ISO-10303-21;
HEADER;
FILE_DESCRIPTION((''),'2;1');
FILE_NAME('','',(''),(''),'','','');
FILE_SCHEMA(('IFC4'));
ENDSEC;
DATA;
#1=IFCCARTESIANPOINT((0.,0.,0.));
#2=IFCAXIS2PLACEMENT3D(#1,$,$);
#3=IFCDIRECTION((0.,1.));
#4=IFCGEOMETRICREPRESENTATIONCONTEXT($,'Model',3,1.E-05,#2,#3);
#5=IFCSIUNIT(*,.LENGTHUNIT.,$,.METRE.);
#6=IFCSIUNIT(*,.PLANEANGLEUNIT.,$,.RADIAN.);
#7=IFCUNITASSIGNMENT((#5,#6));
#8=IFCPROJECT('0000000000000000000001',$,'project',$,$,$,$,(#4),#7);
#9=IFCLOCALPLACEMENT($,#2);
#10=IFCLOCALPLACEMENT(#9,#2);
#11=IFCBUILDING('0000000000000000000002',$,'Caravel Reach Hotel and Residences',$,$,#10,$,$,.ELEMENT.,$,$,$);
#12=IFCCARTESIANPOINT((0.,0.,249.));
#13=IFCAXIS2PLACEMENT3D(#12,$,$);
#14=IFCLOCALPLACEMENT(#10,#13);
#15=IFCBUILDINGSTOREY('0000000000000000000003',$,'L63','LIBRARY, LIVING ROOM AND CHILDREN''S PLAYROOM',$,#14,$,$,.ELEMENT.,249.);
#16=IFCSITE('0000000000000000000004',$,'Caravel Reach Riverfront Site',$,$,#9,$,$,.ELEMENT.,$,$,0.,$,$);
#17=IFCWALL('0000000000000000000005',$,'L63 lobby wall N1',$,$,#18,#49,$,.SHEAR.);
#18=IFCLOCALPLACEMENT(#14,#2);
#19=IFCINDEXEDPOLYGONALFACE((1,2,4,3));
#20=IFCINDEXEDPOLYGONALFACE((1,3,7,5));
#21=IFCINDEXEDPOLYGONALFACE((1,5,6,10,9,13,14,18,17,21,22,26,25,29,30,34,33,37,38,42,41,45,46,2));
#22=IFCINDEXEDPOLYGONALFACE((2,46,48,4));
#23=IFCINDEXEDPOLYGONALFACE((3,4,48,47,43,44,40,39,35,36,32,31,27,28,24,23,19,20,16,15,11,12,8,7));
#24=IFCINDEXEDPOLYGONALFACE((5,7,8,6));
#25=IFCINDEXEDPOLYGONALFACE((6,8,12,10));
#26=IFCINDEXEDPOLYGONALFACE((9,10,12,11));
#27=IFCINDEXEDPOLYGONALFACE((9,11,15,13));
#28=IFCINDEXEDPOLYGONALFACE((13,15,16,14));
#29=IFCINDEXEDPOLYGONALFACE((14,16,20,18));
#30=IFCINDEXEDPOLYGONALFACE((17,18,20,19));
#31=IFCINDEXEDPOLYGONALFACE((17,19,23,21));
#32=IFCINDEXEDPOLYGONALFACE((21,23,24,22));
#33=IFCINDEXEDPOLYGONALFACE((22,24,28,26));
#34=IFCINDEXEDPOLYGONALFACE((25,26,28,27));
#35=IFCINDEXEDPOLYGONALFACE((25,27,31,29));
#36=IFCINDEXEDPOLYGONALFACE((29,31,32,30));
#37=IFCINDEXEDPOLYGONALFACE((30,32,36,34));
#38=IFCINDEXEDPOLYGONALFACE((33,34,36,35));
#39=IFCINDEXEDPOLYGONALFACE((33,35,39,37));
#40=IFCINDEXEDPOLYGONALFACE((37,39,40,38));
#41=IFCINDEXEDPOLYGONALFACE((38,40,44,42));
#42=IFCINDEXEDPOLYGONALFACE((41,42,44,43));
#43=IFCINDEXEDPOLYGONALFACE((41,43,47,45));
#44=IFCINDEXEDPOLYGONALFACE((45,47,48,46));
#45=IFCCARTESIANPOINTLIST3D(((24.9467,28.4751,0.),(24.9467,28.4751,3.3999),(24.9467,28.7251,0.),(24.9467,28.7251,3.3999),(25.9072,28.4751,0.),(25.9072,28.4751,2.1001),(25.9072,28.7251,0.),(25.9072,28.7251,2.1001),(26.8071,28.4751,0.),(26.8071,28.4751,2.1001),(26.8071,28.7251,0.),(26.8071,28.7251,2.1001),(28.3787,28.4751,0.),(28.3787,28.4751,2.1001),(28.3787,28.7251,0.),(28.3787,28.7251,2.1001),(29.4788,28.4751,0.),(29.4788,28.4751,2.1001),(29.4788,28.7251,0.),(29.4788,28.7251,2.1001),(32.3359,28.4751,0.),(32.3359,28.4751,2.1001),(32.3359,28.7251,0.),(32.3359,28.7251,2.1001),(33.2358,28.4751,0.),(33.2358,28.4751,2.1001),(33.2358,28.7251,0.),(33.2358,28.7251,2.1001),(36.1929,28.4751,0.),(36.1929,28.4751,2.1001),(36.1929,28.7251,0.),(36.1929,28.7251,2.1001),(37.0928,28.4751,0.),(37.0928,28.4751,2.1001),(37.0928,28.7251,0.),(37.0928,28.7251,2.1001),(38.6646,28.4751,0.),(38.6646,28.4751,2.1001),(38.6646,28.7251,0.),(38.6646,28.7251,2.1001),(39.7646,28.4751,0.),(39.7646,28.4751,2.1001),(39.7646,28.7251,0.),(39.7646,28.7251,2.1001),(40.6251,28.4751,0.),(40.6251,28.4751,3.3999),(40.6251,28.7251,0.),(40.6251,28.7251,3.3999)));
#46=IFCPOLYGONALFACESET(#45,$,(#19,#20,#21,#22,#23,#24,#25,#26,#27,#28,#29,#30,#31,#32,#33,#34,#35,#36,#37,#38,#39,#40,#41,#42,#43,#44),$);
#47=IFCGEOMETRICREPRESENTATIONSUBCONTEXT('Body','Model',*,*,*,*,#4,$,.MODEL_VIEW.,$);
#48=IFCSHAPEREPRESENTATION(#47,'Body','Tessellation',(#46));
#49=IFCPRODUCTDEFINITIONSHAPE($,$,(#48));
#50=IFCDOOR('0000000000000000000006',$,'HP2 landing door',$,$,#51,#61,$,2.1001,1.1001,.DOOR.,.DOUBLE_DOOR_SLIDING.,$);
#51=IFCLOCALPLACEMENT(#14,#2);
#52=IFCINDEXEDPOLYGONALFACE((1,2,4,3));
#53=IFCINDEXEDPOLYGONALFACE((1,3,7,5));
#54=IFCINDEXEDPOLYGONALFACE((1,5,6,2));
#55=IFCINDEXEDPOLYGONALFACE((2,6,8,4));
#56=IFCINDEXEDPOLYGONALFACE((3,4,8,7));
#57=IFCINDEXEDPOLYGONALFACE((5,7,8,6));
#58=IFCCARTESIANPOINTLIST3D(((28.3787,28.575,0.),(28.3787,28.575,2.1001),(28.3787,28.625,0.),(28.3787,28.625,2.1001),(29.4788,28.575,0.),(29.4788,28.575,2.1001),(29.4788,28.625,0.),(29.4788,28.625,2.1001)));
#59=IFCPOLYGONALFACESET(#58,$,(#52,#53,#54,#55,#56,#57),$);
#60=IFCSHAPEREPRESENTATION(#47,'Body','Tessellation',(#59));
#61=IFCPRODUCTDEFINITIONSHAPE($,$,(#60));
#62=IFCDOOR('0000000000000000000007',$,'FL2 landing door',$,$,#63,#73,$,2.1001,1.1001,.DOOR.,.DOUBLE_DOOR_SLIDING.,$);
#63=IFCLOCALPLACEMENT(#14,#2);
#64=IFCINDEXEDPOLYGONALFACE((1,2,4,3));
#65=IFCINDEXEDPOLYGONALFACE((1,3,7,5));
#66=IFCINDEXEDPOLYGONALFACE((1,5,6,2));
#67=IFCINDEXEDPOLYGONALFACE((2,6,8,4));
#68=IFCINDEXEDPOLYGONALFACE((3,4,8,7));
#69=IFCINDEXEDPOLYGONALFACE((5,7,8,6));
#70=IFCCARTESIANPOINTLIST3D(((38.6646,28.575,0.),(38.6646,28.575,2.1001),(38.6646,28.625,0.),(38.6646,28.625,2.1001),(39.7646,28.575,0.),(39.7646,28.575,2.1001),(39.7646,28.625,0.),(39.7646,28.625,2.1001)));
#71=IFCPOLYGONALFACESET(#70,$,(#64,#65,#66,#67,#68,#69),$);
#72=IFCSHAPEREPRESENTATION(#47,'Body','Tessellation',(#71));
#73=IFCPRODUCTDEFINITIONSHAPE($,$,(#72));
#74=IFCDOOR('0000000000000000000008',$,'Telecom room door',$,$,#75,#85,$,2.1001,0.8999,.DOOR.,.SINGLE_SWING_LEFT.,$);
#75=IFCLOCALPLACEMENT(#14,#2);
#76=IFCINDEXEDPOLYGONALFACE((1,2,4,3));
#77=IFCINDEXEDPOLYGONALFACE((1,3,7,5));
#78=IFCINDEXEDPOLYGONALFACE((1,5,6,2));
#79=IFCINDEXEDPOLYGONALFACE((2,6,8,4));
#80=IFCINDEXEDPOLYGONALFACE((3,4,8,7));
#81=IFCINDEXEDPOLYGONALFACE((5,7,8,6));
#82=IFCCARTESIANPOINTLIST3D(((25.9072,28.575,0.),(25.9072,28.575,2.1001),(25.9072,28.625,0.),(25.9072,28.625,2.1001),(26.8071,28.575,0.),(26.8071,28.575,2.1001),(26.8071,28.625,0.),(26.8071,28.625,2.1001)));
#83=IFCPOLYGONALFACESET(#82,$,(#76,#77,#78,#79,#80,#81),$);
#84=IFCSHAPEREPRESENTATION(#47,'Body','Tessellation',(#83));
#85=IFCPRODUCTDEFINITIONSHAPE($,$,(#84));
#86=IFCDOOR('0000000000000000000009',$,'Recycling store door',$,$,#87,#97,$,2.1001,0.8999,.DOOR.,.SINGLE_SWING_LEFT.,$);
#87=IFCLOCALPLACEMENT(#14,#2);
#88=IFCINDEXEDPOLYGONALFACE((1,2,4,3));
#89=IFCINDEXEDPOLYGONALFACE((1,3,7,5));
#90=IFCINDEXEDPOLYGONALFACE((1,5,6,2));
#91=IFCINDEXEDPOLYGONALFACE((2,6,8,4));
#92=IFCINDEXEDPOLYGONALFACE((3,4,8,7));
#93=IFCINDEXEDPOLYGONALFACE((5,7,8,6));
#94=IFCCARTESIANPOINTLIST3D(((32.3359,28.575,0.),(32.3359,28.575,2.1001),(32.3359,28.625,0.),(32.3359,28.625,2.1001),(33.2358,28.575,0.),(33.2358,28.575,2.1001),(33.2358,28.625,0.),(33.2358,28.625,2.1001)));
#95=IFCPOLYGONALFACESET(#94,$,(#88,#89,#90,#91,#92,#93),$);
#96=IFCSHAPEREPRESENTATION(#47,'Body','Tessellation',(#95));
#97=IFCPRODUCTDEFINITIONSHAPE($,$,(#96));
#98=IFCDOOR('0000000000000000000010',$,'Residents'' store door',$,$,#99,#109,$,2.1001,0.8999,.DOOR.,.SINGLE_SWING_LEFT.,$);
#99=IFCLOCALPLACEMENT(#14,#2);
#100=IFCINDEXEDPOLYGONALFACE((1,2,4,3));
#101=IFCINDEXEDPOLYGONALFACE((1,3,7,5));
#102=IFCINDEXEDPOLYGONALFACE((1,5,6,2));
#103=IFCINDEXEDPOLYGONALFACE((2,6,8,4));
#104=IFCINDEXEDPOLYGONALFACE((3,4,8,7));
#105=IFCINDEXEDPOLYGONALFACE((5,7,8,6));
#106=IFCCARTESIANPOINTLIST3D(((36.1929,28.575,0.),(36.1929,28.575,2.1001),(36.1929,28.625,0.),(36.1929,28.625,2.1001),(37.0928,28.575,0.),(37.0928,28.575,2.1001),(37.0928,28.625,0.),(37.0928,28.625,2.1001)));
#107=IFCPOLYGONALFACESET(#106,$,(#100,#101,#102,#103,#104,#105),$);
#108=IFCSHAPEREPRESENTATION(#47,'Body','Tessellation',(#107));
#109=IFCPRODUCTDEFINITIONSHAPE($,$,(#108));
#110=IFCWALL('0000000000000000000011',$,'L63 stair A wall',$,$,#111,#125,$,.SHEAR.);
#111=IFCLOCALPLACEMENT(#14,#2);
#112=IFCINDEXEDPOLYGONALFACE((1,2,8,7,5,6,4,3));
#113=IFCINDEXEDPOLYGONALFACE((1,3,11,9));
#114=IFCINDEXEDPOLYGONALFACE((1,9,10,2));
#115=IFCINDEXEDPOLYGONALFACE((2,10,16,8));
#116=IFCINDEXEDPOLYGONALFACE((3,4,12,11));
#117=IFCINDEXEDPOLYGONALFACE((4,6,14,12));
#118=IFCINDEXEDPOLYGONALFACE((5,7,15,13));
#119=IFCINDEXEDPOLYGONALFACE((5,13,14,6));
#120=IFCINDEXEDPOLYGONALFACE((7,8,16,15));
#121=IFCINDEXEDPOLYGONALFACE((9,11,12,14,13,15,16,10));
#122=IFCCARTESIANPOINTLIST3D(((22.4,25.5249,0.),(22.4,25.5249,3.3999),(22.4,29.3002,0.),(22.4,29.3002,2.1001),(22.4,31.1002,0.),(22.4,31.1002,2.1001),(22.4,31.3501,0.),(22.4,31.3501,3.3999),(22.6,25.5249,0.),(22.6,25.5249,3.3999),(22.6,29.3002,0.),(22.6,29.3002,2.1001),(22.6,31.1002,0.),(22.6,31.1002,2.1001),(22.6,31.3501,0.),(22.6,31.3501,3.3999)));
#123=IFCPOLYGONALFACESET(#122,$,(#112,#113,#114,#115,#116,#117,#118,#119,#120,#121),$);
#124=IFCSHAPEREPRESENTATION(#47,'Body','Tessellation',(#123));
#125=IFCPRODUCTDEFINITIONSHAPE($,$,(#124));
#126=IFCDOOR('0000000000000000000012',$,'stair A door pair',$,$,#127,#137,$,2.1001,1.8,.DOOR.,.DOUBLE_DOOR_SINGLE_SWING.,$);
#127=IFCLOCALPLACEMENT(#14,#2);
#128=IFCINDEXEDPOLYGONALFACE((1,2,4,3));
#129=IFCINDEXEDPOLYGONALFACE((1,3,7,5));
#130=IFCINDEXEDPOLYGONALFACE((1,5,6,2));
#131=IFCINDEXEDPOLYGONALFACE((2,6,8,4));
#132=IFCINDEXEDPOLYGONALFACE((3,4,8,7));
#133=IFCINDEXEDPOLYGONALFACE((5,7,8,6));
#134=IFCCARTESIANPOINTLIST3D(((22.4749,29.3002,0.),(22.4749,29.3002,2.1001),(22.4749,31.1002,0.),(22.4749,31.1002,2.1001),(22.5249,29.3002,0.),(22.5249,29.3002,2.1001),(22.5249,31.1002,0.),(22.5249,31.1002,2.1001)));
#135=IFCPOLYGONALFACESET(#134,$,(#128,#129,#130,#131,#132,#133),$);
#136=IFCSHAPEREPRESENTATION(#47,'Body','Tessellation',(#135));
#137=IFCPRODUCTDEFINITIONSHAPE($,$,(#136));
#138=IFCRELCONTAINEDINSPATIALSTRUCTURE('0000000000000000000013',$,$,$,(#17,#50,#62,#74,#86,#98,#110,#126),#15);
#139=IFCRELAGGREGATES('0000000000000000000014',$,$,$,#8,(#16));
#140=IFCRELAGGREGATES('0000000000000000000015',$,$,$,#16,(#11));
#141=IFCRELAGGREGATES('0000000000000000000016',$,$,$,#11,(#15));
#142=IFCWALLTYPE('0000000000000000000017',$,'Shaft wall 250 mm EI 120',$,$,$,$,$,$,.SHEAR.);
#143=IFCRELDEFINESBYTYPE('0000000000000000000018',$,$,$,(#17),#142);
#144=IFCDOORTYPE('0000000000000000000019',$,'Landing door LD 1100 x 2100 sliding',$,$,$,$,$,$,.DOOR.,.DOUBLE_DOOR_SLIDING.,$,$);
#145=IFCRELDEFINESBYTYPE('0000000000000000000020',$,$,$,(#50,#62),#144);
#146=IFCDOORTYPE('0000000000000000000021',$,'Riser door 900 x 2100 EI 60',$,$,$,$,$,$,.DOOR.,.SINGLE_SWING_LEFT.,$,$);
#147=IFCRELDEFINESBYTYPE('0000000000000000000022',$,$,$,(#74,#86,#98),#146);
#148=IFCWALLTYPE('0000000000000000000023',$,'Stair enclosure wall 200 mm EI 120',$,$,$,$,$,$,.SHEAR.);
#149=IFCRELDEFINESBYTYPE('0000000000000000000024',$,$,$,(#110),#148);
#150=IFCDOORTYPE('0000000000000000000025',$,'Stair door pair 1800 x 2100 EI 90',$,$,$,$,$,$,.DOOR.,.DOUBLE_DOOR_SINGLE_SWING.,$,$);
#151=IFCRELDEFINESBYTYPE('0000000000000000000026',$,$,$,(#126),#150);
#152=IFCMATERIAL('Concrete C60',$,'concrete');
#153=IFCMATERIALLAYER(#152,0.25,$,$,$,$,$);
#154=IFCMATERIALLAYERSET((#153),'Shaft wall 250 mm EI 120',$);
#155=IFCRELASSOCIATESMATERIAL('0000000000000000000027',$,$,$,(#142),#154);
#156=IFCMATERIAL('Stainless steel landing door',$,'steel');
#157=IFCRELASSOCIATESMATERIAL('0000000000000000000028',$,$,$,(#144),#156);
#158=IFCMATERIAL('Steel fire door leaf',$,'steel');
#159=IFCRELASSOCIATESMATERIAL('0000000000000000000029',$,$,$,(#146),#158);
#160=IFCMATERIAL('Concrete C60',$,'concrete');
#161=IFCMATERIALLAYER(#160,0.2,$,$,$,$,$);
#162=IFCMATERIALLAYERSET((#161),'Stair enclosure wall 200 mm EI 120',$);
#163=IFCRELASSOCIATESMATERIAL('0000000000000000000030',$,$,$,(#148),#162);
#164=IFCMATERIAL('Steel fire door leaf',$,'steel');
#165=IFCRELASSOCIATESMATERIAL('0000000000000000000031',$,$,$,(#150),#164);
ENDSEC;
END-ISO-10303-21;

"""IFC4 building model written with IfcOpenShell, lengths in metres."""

from ifc_helpers import new_model, si_unit, direction, frame, frame_2d, origin, place, context, subcontext, project, spatial, rectangle, extrude, material, layer, layer_set, type_object, element, fill, save


model = new_model("IFC4")

# Units and contexts
model_context = context("Model", 3, precision=1e-05, world=origin(), true_north=direction((0.0, 1.0)))
body_context = subcontext(model_context, "Body", "Model", "MODEL_VIEW")
ifc_project = project(units=[si_unit("LENGTHUNIT", "METRE"), si_unit("PLANEANGLEUNIT", "RADIAN")], contexts=[model_context])

# Site, building, storey
site_placement = place(None, origin())
site = spatial("IfcSite", under=ifc_project, at=site_placement, Name="Caravel Reach Riverfront Site", CompositionType="ELEMENT", RefElevation=0.0)
building_placement = place(site_placement, origin())
building = spatial("IfcBuilding", under=site, at=building_placement, Name="Caravel Reach Hotel and Residences", CompositionType="ELEMENT")
storey_placement = place(building_placement, frame((0.0, 0.0, 249.0)))
storey = spatial("IfcBuildingStorey", under=building, at=storey_placement, Name="L63", Description="LIBRARY, LIVING ROOM AND CHILDREN'S PLAYROOM", CompositionType="ELEMENT", Elevation=249.0)

# Wall, openings, doors
ifc_material_1 = material(Name="Concrete C60", Category="concrete")
ifc_layer_1 = layer(ifc_material_1, 0.25)
ifc_layer_set_1 = layer_set([ifc_layer_1], Name="Shaft wall 250 mm EI 120")
wall_type_1 = type_object("IfcWallType", Name="Shaft wall 250 mm EI 120", PredefinedType="SHEAR", material=ifc_layer_set_1)
ifc_material_2 = material(Name="Stainless steel landing door", Category="steel")
door_type_1 = type_object("IfcDoorType", Name="Landing door LD 1100 x 2100 sliding", OperationType="DOUBLE_DOOR_SLIDING", PredefinedType="DOOR", material=ifc_material_2)
ifc_material_3 = material(Name="Steel fire door leaf", Category="steel")
door_type_2 = type_object("IfcDoorType", Name="Riser door 900 x 2100 EI 60", OperationType="SINGLE_SWING_LEFT", PredefinedType="DOOR", material=ifc_material_3)
wall_1_placement = place(storey_placement, frame((24.9465, 28.6001, 0.0), z_axis=(0.0, 0.0, 1.0), x_axis=(1.0, 0.0, 0.0)))
wall_1 = element("IfcWall", 1, at=wall_1_placement, inside=storey, type_object=wall_type_1, Name="L63 lobby wall N1", PredefinedType="SHEAR", context=body_context, shape_type="SweptSolid", body=[
    extrude(rectangle(XDim=15.6785, YDim=0.25, at=frame_2d((7.8394, 0.0))), origin(), (0.0, 0.0, 1.0), 3.3999),
])
opening_1_placement = place(wall_1_placement, frame((3.4321, 0.0, 0.0)))
opening_1 = element("IfcOpeningElement", 2, at=opening_1_placement, cuts=wall_1, PredefinedType="OPENING", context=body_context, shape_type="SweptSolid", body=[
    extrude(rectangle(XDim=1.1001, YDim=2.1001, at=frame_2d((0.55, 1.05))), frame((0.0, 0.135, 0.0), z_axis=(0.0, -1.0, 0.0), x_axis=(1.0, 0.0, 0.0)), (0.0, 0.0, 1.0), 0.27),
])
opening_2_placement = place(wall_1_placement, frame((13.718, 0.0, 0.0)))
opening_2 = element("IfcOpeningElement", 3, at=opening_2_placement, cuts=wall_1, PredefinedType="OPENING", context=body_context, shape_type="SweptSolid", body=[
    extrude(rectangle(XDim=1.1001, YDim=2.1001, at=frame_2d((0.55, 1.05))), frame((0.0, 0.135, 0.0), z_axis=(0.0, -1.0, 0.0), x_axis=(1.0, 0.0, 0.0)), (0.0, 0.0, 1.0), 0.27),
])
opening_3_placement = place(wall_1_placement, frame((0.9607, 0.0, 0.0)))
opening_3 = element("IfcOpeningElement", 4, at=opening_3_placement, cuts=wall_1, PredefinedType="OPENING", context=body_context, shape_type="SweptSolid", body=[
    extrude(rectangle(XDim=0.8999, YDim=2.1001, at=frame_2d((0.45, 1.05))), frame((0.0, 0.135, 0.0), z_axis=(0.0, -1.0, 0.0), x_axis=(1.0, 0.0, 0.0)), (0.0, 0.0, 1.0), 0.27),
])
opening_4_placement = place(wall_1_placement, frame((7.3894, 0.0, 0.0)))
opening_4 = element("IfcOpeningElement", 5, at=opening_4_placement, cuts=wall_1, PredefinedType="OPENING", context=body_context, shape_type="SweptSolid", body=[
    extrude(rectangle(XDim=0.8999, YDim=2.1001, at=frame_2d((0.45, 1.05))), frame((0.0, 0.135, 0.0), z_axis=(0.0, -1.0, 0.0), x_axis=(1.0, 0.0, 0.0)), (0.0, 0.0, 1.0), 0.27),
])
opening_5_placement = place(wall_1_placement, frame((11.2463, 0.0, 0.0)))
opening_5 = element("IfcOpeningElement", 6, at=opening_5_placement, cuts=wall_1, PredefinedType="OPENING", context=body_context, shape_type="SweptSolid", body=[
    extrude(rectangle(XDim=0.8999, YDim=2.1001, at=frame_2d((0.45, 1.05))), frame((0.0, 0.135, 0.0), z_axis=(0.0, -1.0, 0.0), x_axis=(1.0, 0.0, 0.0)), (0.0, 0.0, 1.0), 0.27),
])
door_1_placement = place(opening_1_placement, origin())
door_1 = element("IfcDoor", 7, at=door_1_placement, inside=storey, type_object=door_type_1, Name="HP2 landing door", OperationType="DOUBLE_DOOR_SLIDING", OverallHeight=2.1001, OverallWidth=1.1001, PredefinedType="DOOR", context=body_context, shape_type="SweptSolid", body=[
    extrude(rectangle(XDim=1.1001, YDim=2.1001, at=frame_2d((0.55, 1.05))), frame((0.0, 0.0249, 0.0), z_axis=(0.0, -1.0, 0.0), x_axis=(1.0, 0.0, 0.0)), (0.0, 0.0, 1.0), 0.05),
])
fill(opening_1, door_1)
door_2_placement = place(opening_2_placement, origin())
door_2 = element("IfcDoor", 8, at=door_2_placement, inside=storey, type_object=door_type_1, Name="FL2 landing door", OperationType="DOUBLE_DOOR_SLIDING", OverallHeight=2.1001, OverallWidth=1.1001, PredefinedType="DOOR", context=body_context, shape_type="SweptSolid", body=[
    extrude(rectangle(XDim=1.1001, YDim=2.1001, at=frame_2d((0.55, 1.05))), frame((0.0, 0.0249, 0.0), z_axis=(0.0, -1.0, 0.0), x_axis=(1.0, 0.0, 0.0)), (0.0, 0.0, 1.0), 0.05),
])
fill(opening_2, door_2)
door_3_placement = place(opening_3_placement, origin())
door_3 = element("IfcDoor", 9, at=door_3_placement, inside=storey, type_object=door_type_2, Name="Telecom room door", OperationType="SINGLE_SWING_LEFT", OverallHeight=2.1001, OverallWidth=0.8999, PredefinedType="DOOR", context=body_context, shape_type="SweptSolid", body=[
    extrude(rectangle(XDim=0.8999, YDim=2.1001, at=frame_2d((0.45, 1.05))), frame((0.0, 0.0249, 0.0), z_axis=(0.0, -1.0, 0.0), x_axis=(1.0, 0.0, 0.0)), (0.0, 0.0, 1.0), 0.05),
])
fill(opening_3, door_3)
door_4_placement = place(opening_4_placement, origin())
door_4 = element("IfcDoor", 10, at=door_4_placement, inside=storey, type_object=door_type_2, Name="Recycling store door", OperationType="SINGLE_SWING_LEFT", OverallHeight=2.1001, OverallWidth=0.8999, PredefinedType="DOOR", context=body_context, shape_type="SweptSolid", body=[
    extrude(rectangle(XDim=0.8999, YDim=2.1001, at=frame_2d((0.45, 1.05))), frame((0.0, 0.0249, 0.0), z_axis=(0.0, -1.0, 0.0), x_axis=(1.0, 0.0, 0.0)), (0.0, 0.0, 1.0), 0.05),
])
fill(opening_4, door_4)
door_5_placement = place(opening_5_placement, origin())
door_5 = element("IfcDoor", 11, at=door_5_placement, inside=storey, type_object=door_type_2, Name="Residents' store door", OperationType="SINGLE_SWING_LEFT", OverallHeight=2.1001, OverallWidth=0.8999, PredefinedType="DOOR", context=body_context, shape_type="SweptSolid", body=[
    extrude(rectangle(XDim=0.8999, YDim=2.1001, at=frame_2d((0.45, 1.05))), frame((0.0, 0.0249, 0.0), z_axis=(0.0, -1.0, 0.0), x_axis=(1.0, 0.0, 0.0)), (0.0, 0.0, 1.0), 0.05),
])
fill(opening_5, door_5)

# Wall, opening, door
ifc_material_4 = material(Name="Concrete C60", Category="concrete")
ifc_layer_2 = layer(ifc_material_4, 0.2)
ifc_layer_set_2 = layer_set([ifc_layer_2], Name="Stair enclosure wall 200 mm EI 120")
wall_type_2 = type_object("IfcWallType", Name="Stair enclosure wall 200 mm EI 120", PredefinedType="SHEAR", material=ifc_layer_set_2)
wall_2_placement = place(storey_placement, frame((22.5, 31.3501, 0.0), z_axis=(0.0, 0.0, 1.0), x_axis=(0.0, -1.0, 0.0)))
wall_2 = element("IfcWall", 12, at=wall_2_placement, inside=storey, type_object=wall_type_2, Name="L63 stair A wall", PredefinedType="SHEAR", context=body_context, shape_type="SweptSolid", body=[
    extrude(rectangle(XDim=5.8252, YDim=0.2, at=frame_2d((2.9126, 0.0))), origin(), (0.0, 0.0, 1.0), 3.3999),
])
opening_6_placement = place(wall_2_placement, frame((0.25, 0.0, 0.0)))
opening_6 = element("IfcOpeningElement", 13, at=opening_6_placement, cuts=wall_2, PredefinedType="OPENING", context=body_context, shape_type="SweptSolid", body=[
    extrude(rectangle(XDim=1.8, YDim=2.1001, at=frame_2d((0.8999, 1.05))), frame((0.0, 0.1099, 0.0), z_axis=(0.0, -1.0, 0.0), x_axis=(1.0, 0.0, 0.0)), (0.0, 0.0, 1.0), 0.22),
])
ifc_material_5 = material(Name="Steel fire door leaf", Category="steel")
door_type_3 = type_object("IfcDoorType", Name="Stair door pair 1800 x 2100 EI 90", OperationType="DOUBLE_DOOR_SINGLE_SWING", PredefinedType="DOOR", material=ifc_material_5)
door_6_placement = place(opening_6_placement, origin())
door_6 = element("IfcDoor", 14, at=door_6_placement, inside=storey, type_object=door_type_3, Name="stair A door pair", OperationType="DOUBLE_DOOR_SINGLE_SWING", OverallHeight=2.1001, OverallWidth=1.8, PredefinedType="DOOR", context=body_context, shape_type="SweptSolid", body=[
    extrude(rectangle(XDim=1.8, YDim=2.1001, at=frame_2d((0.8999, 1.05))), frame((0.0, 0.0249, 0.0), z_axis=(0.0, -1.0, 0.0), x_axis=(1.0, 0.0, 0.0)), (0.0, 0.0, 1.0), 0.05),
])
fill(opening_6, door_6)

save(model, "model.ifc")
